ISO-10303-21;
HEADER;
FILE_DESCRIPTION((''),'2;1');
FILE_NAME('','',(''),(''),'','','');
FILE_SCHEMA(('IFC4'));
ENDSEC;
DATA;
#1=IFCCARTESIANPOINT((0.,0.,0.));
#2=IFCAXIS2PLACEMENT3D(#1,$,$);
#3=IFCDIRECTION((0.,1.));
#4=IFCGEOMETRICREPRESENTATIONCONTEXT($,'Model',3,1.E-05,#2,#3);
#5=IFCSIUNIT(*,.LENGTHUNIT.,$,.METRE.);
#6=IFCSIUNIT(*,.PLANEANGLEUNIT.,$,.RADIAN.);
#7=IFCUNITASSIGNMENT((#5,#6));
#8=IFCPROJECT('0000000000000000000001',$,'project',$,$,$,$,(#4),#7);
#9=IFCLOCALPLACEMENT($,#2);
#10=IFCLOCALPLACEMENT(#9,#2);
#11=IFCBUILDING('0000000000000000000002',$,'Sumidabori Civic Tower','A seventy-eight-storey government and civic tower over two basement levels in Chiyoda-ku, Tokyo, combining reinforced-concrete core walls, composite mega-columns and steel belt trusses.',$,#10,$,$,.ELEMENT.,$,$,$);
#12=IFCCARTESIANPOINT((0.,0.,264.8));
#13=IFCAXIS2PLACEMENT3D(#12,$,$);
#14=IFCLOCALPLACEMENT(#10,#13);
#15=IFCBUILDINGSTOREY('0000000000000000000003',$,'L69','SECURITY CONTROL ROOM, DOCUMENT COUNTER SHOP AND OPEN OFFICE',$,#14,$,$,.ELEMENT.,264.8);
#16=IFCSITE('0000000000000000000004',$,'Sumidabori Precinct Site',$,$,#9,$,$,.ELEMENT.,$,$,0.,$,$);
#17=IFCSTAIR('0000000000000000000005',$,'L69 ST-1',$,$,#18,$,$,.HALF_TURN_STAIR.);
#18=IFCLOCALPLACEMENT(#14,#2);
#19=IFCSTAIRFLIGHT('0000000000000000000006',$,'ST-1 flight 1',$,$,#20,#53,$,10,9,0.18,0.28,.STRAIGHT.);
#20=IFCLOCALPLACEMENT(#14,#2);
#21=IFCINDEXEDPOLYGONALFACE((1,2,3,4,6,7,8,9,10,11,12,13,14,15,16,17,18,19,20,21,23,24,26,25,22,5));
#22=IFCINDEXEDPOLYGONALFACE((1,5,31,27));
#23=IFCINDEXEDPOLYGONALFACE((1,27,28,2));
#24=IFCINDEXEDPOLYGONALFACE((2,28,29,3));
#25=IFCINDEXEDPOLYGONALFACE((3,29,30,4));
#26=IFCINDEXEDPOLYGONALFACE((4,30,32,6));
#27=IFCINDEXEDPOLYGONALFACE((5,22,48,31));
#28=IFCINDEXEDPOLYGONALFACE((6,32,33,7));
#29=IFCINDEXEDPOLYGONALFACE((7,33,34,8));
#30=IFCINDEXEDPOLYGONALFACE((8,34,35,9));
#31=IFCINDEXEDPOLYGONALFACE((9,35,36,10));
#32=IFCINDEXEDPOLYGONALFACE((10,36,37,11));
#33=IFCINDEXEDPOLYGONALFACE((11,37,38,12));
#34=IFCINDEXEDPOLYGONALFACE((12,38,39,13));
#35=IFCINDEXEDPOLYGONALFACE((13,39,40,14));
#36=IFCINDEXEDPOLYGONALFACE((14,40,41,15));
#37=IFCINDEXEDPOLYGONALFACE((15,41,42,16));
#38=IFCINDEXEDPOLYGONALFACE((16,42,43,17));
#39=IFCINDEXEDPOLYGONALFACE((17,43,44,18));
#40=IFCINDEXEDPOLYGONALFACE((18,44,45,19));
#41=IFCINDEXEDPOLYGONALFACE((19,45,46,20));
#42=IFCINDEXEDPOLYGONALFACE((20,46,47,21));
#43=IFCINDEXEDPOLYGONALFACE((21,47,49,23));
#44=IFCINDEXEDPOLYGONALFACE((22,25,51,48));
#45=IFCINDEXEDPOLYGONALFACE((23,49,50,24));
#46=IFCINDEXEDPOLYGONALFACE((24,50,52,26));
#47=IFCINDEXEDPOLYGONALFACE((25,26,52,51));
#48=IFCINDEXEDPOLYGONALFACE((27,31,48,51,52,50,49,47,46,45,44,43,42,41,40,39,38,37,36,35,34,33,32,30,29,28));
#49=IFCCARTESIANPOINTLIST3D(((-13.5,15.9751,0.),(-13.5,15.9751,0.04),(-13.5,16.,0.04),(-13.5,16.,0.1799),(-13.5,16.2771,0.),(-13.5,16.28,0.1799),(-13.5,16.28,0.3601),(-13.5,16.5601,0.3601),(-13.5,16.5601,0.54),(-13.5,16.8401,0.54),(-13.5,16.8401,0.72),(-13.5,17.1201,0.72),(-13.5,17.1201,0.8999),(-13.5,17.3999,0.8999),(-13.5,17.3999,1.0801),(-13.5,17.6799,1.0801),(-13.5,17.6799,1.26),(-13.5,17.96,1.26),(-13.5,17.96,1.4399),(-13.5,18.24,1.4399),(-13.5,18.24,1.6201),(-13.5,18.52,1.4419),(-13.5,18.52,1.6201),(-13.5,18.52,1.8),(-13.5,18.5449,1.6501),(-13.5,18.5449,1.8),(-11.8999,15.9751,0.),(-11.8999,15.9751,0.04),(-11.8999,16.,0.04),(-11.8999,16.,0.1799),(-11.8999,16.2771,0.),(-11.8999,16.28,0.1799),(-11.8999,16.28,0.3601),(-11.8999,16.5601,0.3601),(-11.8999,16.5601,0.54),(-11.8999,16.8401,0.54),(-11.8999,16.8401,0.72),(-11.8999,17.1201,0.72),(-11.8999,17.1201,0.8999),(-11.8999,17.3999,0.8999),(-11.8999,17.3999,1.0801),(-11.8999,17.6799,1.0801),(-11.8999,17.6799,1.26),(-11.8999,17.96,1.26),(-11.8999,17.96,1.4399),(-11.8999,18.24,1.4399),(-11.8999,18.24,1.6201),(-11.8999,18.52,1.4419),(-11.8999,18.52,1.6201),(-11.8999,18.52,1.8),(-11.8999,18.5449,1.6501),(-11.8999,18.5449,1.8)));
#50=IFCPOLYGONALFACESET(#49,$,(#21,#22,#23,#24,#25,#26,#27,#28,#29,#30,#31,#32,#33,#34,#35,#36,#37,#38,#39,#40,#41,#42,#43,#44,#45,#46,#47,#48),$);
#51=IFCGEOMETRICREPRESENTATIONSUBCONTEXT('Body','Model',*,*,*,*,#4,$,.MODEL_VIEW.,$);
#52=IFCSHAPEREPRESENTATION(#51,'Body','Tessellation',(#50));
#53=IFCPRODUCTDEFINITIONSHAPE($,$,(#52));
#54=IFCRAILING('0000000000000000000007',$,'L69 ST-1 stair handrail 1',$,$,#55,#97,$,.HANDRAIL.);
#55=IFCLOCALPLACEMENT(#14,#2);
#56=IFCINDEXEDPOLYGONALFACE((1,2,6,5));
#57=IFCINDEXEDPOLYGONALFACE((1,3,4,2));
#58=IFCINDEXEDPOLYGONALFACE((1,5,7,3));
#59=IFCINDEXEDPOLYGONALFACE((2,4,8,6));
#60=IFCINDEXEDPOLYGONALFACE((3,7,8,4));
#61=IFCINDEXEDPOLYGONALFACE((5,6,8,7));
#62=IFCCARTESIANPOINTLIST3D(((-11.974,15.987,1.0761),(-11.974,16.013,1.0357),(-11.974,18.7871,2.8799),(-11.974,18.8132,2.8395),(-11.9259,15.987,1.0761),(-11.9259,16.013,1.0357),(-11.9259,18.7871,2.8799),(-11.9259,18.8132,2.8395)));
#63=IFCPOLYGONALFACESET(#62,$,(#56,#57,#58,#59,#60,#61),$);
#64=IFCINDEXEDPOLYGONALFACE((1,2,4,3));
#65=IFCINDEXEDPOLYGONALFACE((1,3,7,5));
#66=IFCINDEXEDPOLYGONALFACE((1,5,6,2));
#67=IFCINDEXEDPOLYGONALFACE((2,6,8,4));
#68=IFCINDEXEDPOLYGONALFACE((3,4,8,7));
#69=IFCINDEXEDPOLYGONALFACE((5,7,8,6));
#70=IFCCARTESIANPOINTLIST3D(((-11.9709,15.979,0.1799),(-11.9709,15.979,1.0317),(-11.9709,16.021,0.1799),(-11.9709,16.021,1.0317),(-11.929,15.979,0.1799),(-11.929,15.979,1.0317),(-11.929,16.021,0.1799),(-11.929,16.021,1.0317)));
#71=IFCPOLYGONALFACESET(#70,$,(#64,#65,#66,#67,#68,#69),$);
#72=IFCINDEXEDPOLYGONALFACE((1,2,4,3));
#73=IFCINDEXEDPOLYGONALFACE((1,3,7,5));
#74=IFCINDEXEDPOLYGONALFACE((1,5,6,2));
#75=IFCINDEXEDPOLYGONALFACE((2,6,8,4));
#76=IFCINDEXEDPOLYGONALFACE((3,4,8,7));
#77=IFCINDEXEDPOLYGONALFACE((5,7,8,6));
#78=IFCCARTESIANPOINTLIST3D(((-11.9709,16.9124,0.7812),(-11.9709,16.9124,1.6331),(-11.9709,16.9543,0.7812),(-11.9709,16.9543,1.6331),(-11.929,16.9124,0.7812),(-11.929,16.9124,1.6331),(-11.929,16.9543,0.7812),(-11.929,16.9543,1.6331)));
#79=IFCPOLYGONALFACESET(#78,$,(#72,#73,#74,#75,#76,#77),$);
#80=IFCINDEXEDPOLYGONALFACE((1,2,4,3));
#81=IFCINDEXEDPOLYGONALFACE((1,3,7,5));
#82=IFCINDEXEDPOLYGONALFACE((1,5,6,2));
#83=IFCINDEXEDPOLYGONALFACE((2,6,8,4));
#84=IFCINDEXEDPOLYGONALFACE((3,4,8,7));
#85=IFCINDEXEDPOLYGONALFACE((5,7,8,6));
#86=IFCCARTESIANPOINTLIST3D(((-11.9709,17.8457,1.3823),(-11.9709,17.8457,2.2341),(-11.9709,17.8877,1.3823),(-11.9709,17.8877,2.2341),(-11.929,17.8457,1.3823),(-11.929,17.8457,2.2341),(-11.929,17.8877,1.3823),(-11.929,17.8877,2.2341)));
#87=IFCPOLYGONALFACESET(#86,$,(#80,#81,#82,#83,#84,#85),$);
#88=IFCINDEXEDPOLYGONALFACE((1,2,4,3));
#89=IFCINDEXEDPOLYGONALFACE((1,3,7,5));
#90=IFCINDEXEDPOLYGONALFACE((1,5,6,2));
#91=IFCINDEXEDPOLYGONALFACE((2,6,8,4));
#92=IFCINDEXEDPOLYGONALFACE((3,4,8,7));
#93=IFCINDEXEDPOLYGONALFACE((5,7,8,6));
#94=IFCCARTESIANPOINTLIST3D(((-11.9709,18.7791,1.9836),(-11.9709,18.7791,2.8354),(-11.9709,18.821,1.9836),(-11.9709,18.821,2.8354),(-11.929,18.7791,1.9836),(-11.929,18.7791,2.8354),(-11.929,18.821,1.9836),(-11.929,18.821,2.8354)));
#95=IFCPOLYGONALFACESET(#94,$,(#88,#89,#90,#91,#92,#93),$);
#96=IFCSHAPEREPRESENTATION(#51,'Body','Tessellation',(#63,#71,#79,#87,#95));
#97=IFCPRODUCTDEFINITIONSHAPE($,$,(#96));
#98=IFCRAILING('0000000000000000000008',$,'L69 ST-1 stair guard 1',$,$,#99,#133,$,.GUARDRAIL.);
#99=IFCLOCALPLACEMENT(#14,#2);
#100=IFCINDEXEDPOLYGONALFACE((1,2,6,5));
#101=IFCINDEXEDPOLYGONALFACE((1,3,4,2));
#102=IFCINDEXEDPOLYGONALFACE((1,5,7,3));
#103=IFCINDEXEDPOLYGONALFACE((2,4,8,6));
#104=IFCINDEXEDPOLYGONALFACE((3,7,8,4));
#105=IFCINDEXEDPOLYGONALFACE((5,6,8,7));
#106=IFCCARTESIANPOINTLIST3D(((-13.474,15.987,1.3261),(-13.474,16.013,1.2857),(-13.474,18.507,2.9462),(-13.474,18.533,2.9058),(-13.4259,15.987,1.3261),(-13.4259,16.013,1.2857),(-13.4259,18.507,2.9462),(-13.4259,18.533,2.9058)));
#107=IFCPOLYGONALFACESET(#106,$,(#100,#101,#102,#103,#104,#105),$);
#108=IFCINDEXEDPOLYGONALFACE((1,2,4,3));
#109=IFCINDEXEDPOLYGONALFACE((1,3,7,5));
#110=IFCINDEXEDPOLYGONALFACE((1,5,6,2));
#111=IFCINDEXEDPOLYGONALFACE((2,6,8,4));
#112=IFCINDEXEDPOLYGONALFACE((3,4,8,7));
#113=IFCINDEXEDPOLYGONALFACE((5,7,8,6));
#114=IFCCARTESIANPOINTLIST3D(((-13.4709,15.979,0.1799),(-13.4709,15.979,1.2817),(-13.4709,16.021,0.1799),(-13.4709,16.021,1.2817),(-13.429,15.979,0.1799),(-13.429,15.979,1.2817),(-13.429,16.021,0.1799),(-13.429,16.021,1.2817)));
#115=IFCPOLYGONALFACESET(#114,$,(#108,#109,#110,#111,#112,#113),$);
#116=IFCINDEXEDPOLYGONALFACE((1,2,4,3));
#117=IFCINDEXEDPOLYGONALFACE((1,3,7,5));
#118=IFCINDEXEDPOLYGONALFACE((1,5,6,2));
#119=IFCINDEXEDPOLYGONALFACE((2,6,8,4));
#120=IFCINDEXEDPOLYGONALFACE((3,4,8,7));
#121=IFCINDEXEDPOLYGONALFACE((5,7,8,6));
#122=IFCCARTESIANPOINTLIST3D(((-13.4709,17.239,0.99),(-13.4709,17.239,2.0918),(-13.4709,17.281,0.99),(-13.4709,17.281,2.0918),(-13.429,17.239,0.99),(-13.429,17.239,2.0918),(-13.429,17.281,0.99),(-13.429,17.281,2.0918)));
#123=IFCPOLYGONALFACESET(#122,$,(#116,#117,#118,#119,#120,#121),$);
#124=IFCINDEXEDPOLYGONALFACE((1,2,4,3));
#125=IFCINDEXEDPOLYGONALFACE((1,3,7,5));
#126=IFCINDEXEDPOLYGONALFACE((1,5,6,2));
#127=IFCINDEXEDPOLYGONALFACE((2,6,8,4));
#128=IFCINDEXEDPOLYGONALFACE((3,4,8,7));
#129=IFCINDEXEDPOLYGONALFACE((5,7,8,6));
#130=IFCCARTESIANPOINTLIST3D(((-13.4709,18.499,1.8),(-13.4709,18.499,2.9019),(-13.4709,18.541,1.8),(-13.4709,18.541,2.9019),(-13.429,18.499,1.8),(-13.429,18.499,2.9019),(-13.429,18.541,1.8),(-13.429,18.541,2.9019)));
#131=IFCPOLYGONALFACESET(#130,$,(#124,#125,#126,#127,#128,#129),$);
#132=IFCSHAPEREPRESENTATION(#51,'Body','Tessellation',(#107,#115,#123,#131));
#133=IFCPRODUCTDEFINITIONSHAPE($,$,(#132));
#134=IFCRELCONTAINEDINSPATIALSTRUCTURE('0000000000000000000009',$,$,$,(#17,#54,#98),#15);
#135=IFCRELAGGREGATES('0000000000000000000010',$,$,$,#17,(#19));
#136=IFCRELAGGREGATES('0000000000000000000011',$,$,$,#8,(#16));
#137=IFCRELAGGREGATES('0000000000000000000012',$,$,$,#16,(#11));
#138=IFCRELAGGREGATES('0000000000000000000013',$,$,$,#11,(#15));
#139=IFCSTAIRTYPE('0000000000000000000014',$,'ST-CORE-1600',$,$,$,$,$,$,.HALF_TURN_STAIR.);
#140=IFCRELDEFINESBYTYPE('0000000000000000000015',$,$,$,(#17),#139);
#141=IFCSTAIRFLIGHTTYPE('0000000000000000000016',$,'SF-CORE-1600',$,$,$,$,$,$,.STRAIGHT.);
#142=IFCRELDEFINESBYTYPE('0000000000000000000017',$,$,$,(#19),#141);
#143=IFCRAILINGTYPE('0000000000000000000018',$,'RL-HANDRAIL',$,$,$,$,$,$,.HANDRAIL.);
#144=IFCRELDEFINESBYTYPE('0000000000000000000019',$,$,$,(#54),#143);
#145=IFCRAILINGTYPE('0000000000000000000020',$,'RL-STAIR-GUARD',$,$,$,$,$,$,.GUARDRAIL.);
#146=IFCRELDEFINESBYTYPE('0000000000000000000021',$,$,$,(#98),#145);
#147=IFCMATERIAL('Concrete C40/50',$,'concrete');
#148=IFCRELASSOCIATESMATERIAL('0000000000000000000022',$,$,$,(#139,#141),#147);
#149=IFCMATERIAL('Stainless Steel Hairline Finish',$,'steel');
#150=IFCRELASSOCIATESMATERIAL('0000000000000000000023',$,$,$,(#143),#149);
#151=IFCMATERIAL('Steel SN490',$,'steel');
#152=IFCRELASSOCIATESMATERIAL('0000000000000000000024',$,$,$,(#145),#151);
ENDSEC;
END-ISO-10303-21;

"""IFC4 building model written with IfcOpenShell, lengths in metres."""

from ifc_helpers import new_model, si_unit, direction, frame, origin, origin_2d, place, context, subcontext, project, spatial, polyline, rectangle, outline, extrude, source, transform, mapped, material, type_object, element, aggregate, save


model = new_model("IFC4")

# Units and contexts
model_context = context("Model", 3, precision=1e-05, world=origin(), true_north=direction((0.0, 1.0)))
body_context = subcontext(model_context, "Body", "Model", "MODEL_VIEW")
ifc_project = project(units=[si_unit("LENGTHUNIT", "METRE"), si_unit("PLANEANGLEUNIT", "RADIAN")], contexts=[model_context])

# Site, building, storey
site_placement = place(None, origin())
site = spatial("IfcSite", under=ifc_project, at=site_placement, Name="Sumidabori Precinct Site", CompositionType="ELEMENT", RefElevation=0.0)
building_placement = place(site_placement, origin())
building = spatial("IfcBuilding", under=site, at=building_placement, Name="Sumidabori Civic Tower", Description="A seventy-eight-storey government and civic tower over two basement levels in Chiyoda-ku, Tokyo, combining reinforced-concrete core walls, composite mega-columns and steel belt trusses.", CompositionType="ELEMENT")
storey_placement = place(building_placement, frame((0.0, 0.0, 264.8)))
storey = spatial("IfcBuildingStorey", under=building, at=storey_placement, Name="L69", Description="SECURITY CONTROL ROOM, DOCUMENT COUNTER SHOP AND OPEN OFFICE", CompositionType="ELEMENT", Elevation=264.8)

# Shared definitions
ifc_material_1 = material(Name="Stainless Steel Hairline Finish", Category="steel")

# Shared definitions
ifc_material_2 = material(Name="Steel SN490", Category="steel")

# Stair, stair flight
ifc_material_3 = material(Name="Concrete C40/50", Category="concrete")
stair_type = type_object("IfcStairType", Name="ST-CORE-1600", PredefinedType="HALF_TURN_STAIR", material=ifc_material_3)
stair_placement = place(storey_placement, origin())
stair = element("IfcStair", 1, at=stair_placement, inside=storey, type_object=stair_type, Name="L69 ST-1", PredefinedType="HALF_TURN_STAIR")
stair_flight_type = type_object("IfcStairFlightType", Name="SF-CORE-1600", PredefinedType="STRAIGHT", material=ifc_material_3)
shared_shape_1 = source(origin(), body_context, "Body", "SweptSolid", [
    extrude(outline(polyline([(-0.0249, 0.0), (-0.0249, 0.04), (0.0, 0.04), (0.0, 0.1799), (0.28, 0.1799), (0.28, 0.3601), (0.5601, 0.3601), (0.5601, 0.54), (0.8401, 0.54), (0.8401, 0.72), (1.1201, 0.72), (1.1201, 0.8999), (1.3999, 0.8999), (1.3999, 1.0801), (1.6799, 1.0801), (1.6799, 1.26), (1.96, 1.26), (1.96, 1.4399), (2.24, 1.4399), (2.24, 1.6201), (2.52, 1.6201), (2.52, 1.8), (2.5449, 1.8), (2.5449, 1.6501), (2.52, 1.4419), (0.2771, 0.0), (-0.0249, 0.0)])), frame((0.0, 0.8, 0.0), z_axis=(0.0, -1.0, 0.0), x_axis=(1.0, 0.0, 0.0)), (0.0, 0.0, 1.0), 1.6001),
])
stair_flight_placement = place(storey_placement, frame((-12.7, 16.0, 0.0), z_axis=(0.0, 0.0, 1.0), x_axis=(0.0, 1.0, 0.0)))
stair_flight = element("IfcStairFlight", 2, at=stair_flight_placement, type_object=stair_flight_type, Name="ST-1 flight 1", NumberOfRisers=10, NumberOfTreads=9, PredefinedType="STRAIGHT", RiserHeight=0.18, TreadLength=0.28, context=body_context, shape_type="MappedRepresentation", body=[
    mapped(shared_shape_1, transform((0.0, 0.0, 0.0), x_axis=(1.0, 0.0, 0.0), y_axis=(0.0, 1.0, 0.0), z_axis=(0.0, 0.0, 1.0), scale=1.0)),
])
aggregate(stair, [stair_flight])

# Railings
railing_type_1 = type_object("IfcRailingType", Name="RL-HANDRAIL", PredefinedType="HANDRAIL", material=ifc_material_1)
railing_1_placement = place(storey_placement, frame((-11.95, 16.0, 0.1799)))
element("IfcRailing", 3, at=railing_1_placement, inside=storey, type_object=railing_type_1, Name="L69 ST-1 stair handrail 1", PredefinedType="HANDRAIL", context=body_context, shape_type="SweptSolid", body=[
    extrude(rectangle(XDim=0.0481, YDim=0.0481, at=origin_2d()), frame((0.0, 0.0, 0.876), z_axis=(0.0, 0.840676, 0.541539), x_axis=(-1.0, 0.0, 0.0)), (0.0, 0.0, 1.0), 3.3308),
    extrude(rectangle(XDim=0.042, YDim=0.042, at=origin_2d()), origin(), (0.0, 0.0, 1.0), 0.8518),
    extrude(rectangle(XDim=0.042, YDim=0.042, at=origin_2d()), frame((0.0, 0.9333, 0.6013)), (0.0, 0.0, 1.0), 0.8518),
    extrude(rectangle(XDim=0.042, YDim=0.042, at=origin_2d()), frame((0.0, 1.8667, 1.2024)), (0.0, 0.0, 1.0), 0.8518),
    extrude(rectangle(XDim=0.042, YDim=0.042, at=origin_2d()), frame((0.0, 2.8, 1.8037)), (0.0, 0.0, 1.0), 0.8518),
])
railing_type_2 = type_object("IfcRailingType", Name="RL-STAIR-GUARD", PredefinedType="GUARDRAIL", material=ifc_material_2)
railing_2_placement = place(storey_placement, frame((-13.45, 16.0, 0.1799)))
element("IfcRailing", 4, at=railing_2_placement, inside=storey, type_object=railing_type_2, Name="L69 ST-1 stair guard 1", PredefinedType="GUARDRAIL", context=body_context, shape_type="SweptSolid", body=[
    extrude(rectangle(XDim=0.0481, YDim=0.0481, at=origin_2d()), frame((0.0, 0.0, 1.126), z_axis=(0.0, 0.841163, 0.540782), x_axis=(-1.0, 0.0, 0.0)), (0.0, 0.0, 1.0), 2.9958),
    extrude(rectangle(XDim=0.042, YDim=0.042, at=origin_2d()), origin(), (0.0, 0.0, 1.0), 1.1018),
    extrude(rectangle(XDim=0.042, YDim=0.042, at=origin_2d()), frame((0.0, 1.26, 0.8101)), (0.0, 0.0, 1.0), 1.1018),
    extrude(rectangle(XDim=0.042, YDim=0.042, at=origin_2d()), frame((0.0, 2.52, 1.6201)), (0.0, 0.0, 1.0), 1.1018),
])

save(model, "model.ifc")
